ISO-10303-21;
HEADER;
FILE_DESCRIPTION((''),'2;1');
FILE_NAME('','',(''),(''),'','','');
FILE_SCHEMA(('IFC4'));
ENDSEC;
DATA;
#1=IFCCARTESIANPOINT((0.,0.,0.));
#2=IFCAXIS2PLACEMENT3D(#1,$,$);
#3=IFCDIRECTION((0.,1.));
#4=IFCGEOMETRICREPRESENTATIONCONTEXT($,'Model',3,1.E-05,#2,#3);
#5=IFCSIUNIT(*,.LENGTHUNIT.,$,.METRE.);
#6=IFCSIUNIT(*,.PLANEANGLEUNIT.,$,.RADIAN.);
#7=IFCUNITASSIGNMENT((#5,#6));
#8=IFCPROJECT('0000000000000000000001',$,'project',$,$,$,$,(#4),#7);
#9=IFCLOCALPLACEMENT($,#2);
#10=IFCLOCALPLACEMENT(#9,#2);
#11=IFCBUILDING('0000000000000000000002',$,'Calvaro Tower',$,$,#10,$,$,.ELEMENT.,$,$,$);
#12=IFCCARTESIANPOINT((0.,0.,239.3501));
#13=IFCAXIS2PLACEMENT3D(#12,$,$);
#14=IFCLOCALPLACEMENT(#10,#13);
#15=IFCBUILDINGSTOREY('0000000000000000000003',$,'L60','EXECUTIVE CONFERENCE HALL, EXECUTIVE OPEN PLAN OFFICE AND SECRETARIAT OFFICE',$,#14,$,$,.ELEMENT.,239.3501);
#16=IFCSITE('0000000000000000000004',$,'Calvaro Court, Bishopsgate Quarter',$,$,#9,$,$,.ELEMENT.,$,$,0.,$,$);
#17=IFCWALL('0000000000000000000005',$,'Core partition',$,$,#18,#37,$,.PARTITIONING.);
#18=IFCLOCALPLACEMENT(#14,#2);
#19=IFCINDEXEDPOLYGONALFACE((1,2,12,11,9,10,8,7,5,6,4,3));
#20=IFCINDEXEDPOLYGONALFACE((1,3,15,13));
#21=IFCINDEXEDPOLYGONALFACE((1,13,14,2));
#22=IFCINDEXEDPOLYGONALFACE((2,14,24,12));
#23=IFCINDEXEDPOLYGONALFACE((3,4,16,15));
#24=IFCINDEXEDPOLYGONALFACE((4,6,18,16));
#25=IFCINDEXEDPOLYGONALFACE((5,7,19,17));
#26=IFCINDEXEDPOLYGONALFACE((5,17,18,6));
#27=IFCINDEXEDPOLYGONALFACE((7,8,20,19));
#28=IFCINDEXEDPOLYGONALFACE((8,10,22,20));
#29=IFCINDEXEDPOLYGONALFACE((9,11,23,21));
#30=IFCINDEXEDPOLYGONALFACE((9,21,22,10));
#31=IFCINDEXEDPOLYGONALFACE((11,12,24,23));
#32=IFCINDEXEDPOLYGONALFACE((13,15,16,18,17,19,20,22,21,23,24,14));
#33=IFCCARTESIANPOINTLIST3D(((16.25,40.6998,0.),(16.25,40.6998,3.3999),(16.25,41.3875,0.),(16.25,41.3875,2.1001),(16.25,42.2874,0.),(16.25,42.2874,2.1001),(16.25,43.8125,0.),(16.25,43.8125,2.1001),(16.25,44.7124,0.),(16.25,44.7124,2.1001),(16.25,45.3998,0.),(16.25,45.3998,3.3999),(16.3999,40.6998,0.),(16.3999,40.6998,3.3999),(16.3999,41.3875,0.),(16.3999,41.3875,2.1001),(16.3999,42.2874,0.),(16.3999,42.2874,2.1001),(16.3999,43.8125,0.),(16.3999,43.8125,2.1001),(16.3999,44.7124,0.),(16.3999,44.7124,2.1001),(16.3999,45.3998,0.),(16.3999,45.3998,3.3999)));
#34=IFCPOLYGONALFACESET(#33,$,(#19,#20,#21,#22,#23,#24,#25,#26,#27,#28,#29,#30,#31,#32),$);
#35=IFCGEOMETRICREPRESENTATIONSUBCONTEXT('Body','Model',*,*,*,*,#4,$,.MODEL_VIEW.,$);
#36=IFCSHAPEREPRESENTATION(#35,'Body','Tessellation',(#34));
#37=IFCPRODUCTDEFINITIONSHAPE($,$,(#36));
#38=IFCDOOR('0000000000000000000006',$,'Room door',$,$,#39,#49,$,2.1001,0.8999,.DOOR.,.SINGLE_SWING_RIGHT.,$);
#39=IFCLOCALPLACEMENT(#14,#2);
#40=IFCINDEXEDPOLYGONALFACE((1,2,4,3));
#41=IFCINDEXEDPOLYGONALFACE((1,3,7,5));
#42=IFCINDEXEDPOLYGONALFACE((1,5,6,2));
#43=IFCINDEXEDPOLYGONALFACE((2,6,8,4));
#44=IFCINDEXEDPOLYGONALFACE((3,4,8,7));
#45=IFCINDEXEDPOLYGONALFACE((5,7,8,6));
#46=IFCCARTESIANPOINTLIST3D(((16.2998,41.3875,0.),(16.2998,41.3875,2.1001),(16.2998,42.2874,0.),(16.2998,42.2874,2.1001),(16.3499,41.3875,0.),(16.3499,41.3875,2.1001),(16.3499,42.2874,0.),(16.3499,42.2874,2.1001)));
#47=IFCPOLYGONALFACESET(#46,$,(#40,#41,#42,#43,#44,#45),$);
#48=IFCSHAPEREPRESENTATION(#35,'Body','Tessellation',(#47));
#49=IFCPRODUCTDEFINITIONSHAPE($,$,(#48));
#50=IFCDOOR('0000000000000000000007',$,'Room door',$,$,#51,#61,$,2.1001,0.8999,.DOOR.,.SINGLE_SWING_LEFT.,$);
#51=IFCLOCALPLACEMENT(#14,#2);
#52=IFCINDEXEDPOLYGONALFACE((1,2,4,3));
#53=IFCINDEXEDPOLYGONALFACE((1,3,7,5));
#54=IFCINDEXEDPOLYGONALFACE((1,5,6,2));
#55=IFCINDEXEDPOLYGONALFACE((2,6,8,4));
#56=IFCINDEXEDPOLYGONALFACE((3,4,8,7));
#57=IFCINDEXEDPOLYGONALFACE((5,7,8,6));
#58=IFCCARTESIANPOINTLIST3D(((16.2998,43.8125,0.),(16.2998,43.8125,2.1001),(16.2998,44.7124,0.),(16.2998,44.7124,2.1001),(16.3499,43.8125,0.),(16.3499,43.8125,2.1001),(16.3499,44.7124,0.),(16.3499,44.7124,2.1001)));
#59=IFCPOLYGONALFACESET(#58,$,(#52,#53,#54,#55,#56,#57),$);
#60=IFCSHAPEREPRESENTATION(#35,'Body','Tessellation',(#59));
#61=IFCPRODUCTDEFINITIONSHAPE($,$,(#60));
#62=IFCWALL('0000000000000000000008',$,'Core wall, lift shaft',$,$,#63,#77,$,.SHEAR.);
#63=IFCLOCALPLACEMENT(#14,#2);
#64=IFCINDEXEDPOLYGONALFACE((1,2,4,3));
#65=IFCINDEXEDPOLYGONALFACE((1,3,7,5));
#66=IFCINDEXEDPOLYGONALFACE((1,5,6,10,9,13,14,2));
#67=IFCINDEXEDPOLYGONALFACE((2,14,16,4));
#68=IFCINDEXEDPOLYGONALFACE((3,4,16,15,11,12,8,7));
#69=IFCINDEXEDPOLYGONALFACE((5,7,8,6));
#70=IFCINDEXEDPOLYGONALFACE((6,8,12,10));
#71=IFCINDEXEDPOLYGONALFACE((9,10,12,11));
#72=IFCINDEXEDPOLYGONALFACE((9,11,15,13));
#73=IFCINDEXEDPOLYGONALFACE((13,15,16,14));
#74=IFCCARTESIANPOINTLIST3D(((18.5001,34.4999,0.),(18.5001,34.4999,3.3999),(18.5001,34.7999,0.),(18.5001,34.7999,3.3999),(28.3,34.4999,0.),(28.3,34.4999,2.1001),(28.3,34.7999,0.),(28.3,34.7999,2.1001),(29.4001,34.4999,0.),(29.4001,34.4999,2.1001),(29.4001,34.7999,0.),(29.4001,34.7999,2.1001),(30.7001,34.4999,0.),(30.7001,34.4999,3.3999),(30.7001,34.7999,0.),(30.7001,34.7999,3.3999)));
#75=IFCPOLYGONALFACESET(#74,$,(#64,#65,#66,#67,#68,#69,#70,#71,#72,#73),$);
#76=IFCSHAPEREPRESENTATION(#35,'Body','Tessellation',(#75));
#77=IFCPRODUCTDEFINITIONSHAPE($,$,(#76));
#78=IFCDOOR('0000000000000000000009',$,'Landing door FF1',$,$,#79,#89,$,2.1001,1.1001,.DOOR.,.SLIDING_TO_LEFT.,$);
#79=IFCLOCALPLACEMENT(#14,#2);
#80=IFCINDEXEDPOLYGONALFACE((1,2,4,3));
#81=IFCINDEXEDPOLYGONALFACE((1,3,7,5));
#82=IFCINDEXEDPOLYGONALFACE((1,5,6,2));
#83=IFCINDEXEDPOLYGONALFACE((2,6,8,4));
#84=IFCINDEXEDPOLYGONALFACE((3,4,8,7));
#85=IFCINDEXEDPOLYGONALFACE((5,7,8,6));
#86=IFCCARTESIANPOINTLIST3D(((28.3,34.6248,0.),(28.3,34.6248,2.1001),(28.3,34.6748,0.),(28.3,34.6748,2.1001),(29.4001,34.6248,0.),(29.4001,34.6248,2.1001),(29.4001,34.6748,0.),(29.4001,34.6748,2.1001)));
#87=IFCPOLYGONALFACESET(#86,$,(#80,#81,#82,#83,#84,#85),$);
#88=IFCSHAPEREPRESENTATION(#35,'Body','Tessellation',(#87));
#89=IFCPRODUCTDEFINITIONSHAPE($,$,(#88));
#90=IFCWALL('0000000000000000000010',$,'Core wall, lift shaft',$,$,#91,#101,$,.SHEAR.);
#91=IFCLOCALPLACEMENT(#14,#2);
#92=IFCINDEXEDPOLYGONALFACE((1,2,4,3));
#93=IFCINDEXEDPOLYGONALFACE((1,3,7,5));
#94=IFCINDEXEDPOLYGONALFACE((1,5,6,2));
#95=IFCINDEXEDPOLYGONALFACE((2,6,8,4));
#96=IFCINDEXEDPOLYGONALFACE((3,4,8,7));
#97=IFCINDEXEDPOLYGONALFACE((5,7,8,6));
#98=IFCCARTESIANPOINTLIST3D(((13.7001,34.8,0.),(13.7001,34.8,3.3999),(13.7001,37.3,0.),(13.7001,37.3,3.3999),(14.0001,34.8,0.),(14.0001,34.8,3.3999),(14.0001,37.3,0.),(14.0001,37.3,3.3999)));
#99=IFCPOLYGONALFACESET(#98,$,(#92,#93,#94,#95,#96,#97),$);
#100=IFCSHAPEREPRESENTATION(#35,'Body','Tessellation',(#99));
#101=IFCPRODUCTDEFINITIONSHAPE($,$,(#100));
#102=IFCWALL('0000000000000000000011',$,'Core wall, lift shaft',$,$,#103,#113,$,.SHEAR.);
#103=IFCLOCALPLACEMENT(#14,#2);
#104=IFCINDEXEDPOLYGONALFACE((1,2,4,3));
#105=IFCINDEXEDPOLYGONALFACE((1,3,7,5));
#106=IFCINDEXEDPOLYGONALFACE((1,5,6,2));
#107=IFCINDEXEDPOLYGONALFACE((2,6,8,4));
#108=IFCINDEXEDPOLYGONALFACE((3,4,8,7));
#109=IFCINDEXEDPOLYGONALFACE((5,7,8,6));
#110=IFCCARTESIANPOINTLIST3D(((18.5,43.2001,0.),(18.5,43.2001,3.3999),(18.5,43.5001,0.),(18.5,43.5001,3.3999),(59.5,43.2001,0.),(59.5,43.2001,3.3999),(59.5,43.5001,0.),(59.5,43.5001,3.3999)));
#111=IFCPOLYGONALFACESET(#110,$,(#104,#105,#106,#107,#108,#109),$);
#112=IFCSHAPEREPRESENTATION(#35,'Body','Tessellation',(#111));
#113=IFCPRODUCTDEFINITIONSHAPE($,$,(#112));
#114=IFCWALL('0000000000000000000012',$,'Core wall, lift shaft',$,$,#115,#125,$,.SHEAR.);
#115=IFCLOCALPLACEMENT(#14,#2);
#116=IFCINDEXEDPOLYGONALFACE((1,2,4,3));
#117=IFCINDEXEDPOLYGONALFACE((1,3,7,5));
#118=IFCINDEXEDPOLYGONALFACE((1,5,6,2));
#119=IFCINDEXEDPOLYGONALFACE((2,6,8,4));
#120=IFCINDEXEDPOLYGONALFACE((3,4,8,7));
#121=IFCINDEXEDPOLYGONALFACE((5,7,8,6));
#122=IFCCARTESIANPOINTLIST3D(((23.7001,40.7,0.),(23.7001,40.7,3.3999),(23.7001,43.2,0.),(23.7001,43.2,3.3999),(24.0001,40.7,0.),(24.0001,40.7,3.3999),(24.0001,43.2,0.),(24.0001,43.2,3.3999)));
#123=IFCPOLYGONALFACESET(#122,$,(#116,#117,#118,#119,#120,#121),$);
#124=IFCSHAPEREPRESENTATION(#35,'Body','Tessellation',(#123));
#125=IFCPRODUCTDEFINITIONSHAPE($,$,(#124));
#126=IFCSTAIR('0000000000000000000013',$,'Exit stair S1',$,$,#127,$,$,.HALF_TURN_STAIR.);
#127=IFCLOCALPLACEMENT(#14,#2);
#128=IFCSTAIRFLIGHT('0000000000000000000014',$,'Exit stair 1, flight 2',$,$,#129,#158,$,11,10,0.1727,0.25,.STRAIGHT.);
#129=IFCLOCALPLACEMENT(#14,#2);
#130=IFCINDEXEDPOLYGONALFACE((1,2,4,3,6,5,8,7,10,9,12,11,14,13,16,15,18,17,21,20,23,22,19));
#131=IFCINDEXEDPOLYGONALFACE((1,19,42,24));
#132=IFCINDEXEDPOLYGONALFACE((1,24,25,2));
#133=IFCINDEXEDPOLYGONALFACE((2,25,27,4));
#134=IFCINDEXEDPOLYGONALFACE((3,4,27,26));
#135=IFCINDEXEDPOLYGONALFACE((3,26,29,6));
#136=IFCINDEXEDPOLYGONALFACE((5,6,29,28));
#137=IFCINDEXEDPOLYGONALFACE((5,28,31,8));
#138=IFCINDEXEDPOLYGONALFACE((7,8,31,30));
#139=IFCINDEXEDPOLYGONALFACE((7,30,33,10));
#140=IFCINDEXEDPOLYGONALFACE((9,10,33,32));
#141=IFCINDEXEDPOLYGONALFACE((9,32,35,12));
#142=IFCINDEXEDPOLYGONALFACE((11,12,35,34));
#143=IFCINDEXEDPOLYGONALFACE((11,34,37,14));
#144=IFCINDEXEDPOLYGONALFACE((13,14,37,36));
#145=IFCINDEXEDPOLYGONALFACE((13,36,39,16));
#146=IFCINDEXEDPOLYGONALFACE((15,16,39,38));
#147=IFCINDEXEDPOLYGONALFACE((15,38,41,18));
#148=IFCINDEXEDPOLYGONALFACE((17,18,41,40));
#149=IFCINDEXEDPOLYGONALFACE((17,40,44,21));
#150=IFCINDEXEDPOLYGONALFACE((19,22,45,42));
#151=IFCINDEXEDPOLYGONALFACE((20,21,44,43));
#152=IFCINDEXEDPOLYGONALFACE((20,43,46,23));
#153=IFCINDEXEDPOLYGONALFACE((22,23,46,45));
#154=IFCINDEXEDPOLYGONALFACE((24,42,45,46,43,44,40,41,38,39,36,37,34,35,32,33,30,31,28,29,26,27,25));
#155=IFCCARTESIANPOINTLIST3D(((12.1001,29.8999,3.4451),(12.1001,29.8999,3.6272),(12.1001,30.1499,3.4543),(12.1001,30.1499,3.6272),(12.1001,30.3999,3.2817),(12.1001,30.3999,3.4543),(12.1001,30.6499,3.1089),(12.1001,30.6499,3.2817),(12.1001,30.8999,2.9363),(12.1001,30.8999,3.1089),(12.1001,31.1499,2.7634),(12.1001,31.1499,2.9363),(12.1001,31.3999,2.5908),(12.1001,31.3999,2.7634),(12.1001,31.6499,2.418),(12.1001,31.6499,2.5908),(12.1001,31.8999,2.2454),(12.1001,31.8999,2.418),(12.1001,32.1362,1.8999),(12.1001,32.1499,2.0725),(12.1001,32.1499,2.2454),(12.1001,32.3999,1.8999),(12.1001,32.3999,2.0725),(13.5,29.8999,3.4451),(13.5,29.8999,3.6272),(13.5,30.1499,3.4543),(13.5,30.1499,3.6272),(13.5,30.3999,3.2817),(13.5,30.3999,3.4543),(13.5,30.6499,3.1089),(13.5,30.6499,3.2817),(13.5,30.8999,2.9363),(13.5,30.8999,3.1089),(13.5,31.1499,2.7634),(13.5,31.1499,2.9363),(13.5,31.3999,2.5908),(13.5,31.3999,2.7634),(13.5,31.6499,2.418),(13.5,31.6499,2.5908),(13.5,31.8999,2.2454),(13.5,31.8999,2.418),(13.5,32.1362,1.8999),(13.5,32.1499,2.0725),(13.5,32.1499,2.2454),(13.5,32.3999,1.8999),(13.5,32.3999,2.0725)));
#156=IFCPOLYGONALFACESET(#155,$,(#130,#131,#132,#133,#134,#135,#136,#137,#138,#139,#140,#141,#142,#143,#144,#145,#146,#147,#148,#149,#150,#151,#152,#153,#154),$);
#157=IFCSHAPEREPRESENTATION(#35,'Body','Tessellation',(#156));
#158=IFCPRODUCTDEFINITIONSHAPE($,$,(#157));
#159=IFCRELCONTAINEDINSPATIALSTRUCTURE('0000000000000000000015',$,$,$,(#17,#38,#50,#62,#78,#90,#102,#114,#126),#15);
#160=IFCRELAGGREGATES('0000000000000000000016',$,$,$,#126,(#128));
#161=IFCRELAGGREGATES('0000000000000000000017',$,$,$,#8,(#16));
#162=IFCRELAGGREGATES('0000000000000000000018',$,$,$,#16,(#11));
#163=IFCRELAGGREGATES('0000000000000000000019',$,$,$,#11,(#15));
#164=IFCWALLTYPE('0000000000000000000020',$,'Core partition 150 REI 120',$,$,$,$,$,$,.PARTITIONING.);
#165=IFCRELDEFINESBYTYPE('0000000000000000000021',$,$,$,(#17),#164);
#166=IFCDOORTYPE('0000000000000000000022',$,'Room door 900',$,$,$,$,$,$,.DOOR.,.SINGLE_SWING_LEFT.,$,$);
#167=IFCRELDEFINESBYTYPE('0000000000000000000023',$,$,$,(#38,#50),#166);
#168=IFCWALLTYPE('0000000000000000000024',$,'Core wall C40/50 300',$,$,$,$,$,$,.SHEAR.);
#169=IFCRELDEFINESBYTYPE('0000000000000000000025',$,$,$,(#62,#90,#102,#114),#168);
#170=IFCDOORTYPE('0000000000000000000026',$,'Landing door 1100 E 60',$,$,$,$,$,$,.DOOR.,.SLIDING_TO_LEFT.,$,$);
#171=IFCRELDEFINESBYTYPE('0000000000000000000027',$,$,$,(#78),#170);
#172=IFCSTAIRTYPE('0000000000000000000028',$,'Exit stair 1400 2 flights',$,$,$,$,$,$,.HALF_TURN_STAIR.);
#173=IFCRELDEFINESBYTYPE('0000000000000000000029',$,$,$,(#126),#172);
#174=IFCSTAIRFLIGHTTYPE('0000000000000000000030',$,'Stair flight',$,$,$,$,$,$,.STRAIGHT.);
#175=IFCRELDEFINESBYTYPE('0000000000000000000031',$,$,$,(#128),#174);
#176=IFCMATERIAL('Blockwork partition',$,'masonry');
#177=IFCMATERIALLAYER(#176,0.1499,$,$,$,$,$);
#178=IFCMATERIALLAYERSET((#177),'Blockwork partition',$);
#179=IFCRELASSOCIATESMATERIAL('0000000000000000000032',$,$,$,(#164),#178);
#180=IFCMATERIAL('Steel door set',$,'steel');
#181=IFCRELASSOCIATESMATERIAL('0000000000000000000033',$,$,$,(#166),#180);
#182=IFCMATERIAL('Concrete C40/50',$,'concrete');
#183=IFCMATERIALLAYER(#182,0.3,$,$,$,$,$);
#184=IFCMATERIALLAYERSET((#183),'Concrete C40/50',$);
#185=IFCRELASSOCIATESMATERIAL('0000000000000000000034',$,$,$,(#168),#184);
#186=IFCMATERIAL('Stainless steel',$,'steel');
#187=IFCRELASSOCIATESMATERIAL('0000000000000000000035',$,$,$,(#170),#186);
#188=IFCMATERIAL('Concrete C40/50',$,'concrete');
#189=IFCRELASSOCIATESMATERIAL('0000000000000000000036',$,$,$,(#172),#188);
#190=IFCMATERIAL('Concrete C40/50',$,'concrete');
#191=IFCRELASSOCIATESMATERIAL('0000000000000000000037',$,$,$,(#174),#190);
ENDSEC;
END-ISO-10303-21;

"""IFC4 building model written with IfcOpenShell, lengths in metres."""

from ifc_helpers import new_model, si_unit, direction, frame, frame_2d, origin, place, context, subcontext, project, spatial, polyline, rectangle, outline, extrude, material, layer, layer_set, type_object, element, fill, aggregate, save


model = new_model("IFC4")

# Units and contexts
model_context = context("Model", 3, precision=1e-05, world=origin(), true_north=direction((0.0, 1.0)))
body_context = subcontext(model_context, "Body", "Model", "MODEL_VIEW")
ifc_project = project(units=[si_unit("LENGTHUNIT", "METRE"), si_unit("PLANEANGLEUNIT", "RADIAN")], contexts=[model_context])

# Site, building, storey
site_placement = place(None, origin())
site = spatial("IfcSite", under=ifc_project, at=site_placement, Name="Calvaro Court, Bishopsgate Quarter", CompositionType="ELEMENT", RefElevation=0.0)
building_placement = place(site_placement, origin())
building = spatial("IfcBuilding", under=site, at=building_placement, Name="Calvaro Tower", CompositionType="ELEMENT")
storey_placement = place(building_placement, frame((0.0, 0.0, 239.3501)))
storey = spatial("IfcBuildingStorey", under=building, at=storey_placement, Name="L60", Description="EXECUTIVE CONFERENCE HALL, EXECUTIVE OPEN PLAN OFFICE AND SECRETARIAT OFFICE", CompositionType="ELEMENT", Elevation=239.3501)

# Wall, openings, doors
ifc_material_1 = material(Name="Blockwork partition", Category="masonry")
ifc_layer_1 = layer(ifc_material_1, 0.1499)
ifc_layer_set_1 = layer_set([ifc_layer_1], Name="Blockwork partition")
wall_type_1 = type_object("IfcWallType", Name="Core partition 150 REI 120", PredefinedType="PARTITIONING", material=ifc_layer_set_1)
wall_1_placement = place(storey_placement, frame((16.325, 45.3999, 0.0), z_axis=(0.0, 0.0, 1.0), x_axis=(0.0, -1.0, 0.0)))
wall_1 = element("IfcWall", 1, at=wall_1_placement, inside=storey, type_object=wall_type_1, Name="Core partition", PredefinedType="PARTITIONING", context=body_context, shape_type="SweptSolid", body=[
    extrude(rectangle(XDim=4.7, YDim=0.1499, at=frame_2d((2.3501, 0.0))), origin(), (0.0, 0.0, 1.0), 3.3999),
])
opening_1_placement = place(wall_1_placement, frame((3.1125, 0.0, 0.0)))
opening_1 = element("IfcOpeningElement", 2, at=opening_1_placement, cuts=wall_1, PredefinedType="OPENING", context=body_context, shape_type="SweptSolid", body=[
    extrude(rectangle(XDim=0.8999, YDim=2.1001, at=frame_2d((0.45, 1.05))), frame((0.0, 0.085, 0.0), z_axis=(0.0, -1.0, 0.0), x_axis=(1.0, 0.0, 0.0)), (0.0, 0.0, 1.0), 0.1699),
])
opening_2_placement = place(wall_1_placement, frame((0.6875, 0.0, 0.0)))
opening_2 = element("IfcOpeningElement", 3, at=opening_2_placement, cuts=wall_1, PredefinedType="OPENING", context=body_context, shape_type="SweptSolid", body=[
    extrude(rectangle(XDim=0.8999, YDim=2.1001, at=frame_2d((0.45, 1.05))), frame((0.0, 0.085, 0.0), z_axis=(0.0, -1.0, 0.0), x_axis=(1.0, 0.0, 0.0)), (0.0, 0.0, 1.0), 0.1699),
])
ifc_material_2 = material(Name="Steel door set", Category="steel")
door_type_1 = type_object("IfcDoorType", Name="Room door 900", OperationType="SINGLE_SWING_LEFT", PredefinedType="DOOR", material=ifc_material_2)
door_1_placement = place(opening_1_placement, origin())
door_1 = element("IfcDoor", 4, at=door_1_placement, inside=storey, type_object=door_type_1, Name="Room door", OperationType="SINGLE_SWING_RIGHT", OverallHeight=2.1001, OverallWidth=0.8999, PredefinedType="DOOR", context=body_context, shape_type="SweptSolid", body=[
    extrude(rectangle(XDim=0.8999, YDim=2.1001, at=frame_2d((0.45, 1.05))), frame((0.0, 0.0249, 0.0), z_axis=(0.0, -1.0, 0.0), x_axis=(1.0, 0.0, 0.0)), (0.0, 0.0, 1.0), 0.05),
])
fill(opening_1, door_1)
door_2_placement = place(opening_2_placement, origin())
door_2 = element("IfcDoor", 5, at=door_2_placement, inside=storey, type_object=door_type_1, Name="Room door", OperationType="SINGLE_SWING_LEFT", OverallHeight=2.1001, OverallWidth=0.8999, PredefinedType="DOOR", context=body_context, shape_type="SweptSolid", body=[
    extrude(rectangle(XDim=0.8999, YDim=2.1001, at=frame_2d((0.45, 1.05))), frame((0.0, 0.0249, 0.0), z_axis=(0.0, -1.0, 0.0), x_axis=(1.0, 0.0, 0.0)), (0.0, 0.0, 1.0), 0.05),
])
fill(opening_2, door_2)

# Wall, opening, door
ifc_material_3 = material(Name="Concrete C40/50", Category="concrete")
ifc_layer_2 = layer(ifc_material_3, 0.3)
ifc_layer_set_2 = layer_set([ifc_layer_2], Name="Concrete C40/50")
wall_type_2 = type_object("IfcWallType", Name="Core wall C40/50 300", PredefinedType="SHEAR", material=ifc_layer_set_2)
wall_2_placement = place(storey_placement, frame((18.5, 34.6499, 0.0), z_axis=(0.0, 0.0, 1.0), x_axis=(1.0, 0.0, 0.0)))
wall_2 = element("IfcWall", 6, at=wall_2_placement, inside=storey, type_object=wall_type_2, Name="Core wall, lift shaft", PredefinedType="SHEAR", context=body_context, shape_type="SweptSolid", body=[
    extrude(rectangle(XDim=12.2, YDim=0.3, at=frame_2d((6.1001, 0.0))), origin(), (0.0, 0.0, 1.0), 3.3999),
])
opening_3_placement = place(wall_2_placement, frame((9.8, 0.0, 0.0)))
opening_3 = element("IfcOpeningElement", 7, at=opening_3_placement, cuts=wall_2, PredefinedType="OPENING", context=body_context, shape_type="SweptSolid", body=[
    extrude(rectangle(XDim=1.1001, YDim=2.1001, at=frame_2d((0.55, 1.05))), frame((0.0, 0.1599, 0.0), z_axis=(0.0, -1.0, 0.0), x_axis=(1.0, 0.0, 0.0)), (0.0, 0.0, 1.0), 0.3201),
])
ifc_material_4 = material(Name="Stainless steel", Category="steel")
door_type_2 = type_object("IfcDoorType", Name="Landing door 1100 E 60", OperationType="SLIDING_TO_LEFT", PredefinedType="DOOR", material=ifc_material_4)
door_3_placement = place(opening_3_placement, origin())
door_3 = element("IfcDoor", 8, at=door_3_placement, inside=storey, type_object=door_type_2, Name="Landing door FF1", OperationType="SLIDING_TO_LEFT", OverallHeight=2.1001, OverallWidth=1.1001, PredefinedType="DOOR", context=body_context, shape_type="SweptSolid", body=[
    extrude(rectangle(XDim=1.1001, YDim=2.1001, at=frame_2d((0.55, 1.05))), frame((0.0, 0.0249, 0.0), z_axis=(0.0, -1.0, 0.0), x_axis=(1.0, 0.0, 0.0)), (0.0, 0.0, 1.0), 0.05),
])
fill(opening_3, door_3)

# Wall
wall_3_placement = place(storey_placement, frame((13.8501, 34.8, 0.0), z_axis=(0.0, 0.0, 1.0), x_axis=(0.0, 1.0, 0.0)))
element("IfcWall", 9, at=wall_3_placement, inside=storey, type_object=wall_type_2, Name="Core wall, lift shaft", PredefinedType="SHEAR", context=body_context, shape_type="SweptSolid", body=[
    extrude(rectangle(XDim=2.5, YDim=0.3, at=frame_2d((1.25, 0.0))), origin(), (0.0, 0.0, 1.0), 3.3999),
])

# Walls
wall_4_placement = place(storey_placement, frame((18.5, 43.3501, 0.0), z_axis=(0.0, 0.0, 1.0), x_axis=(1.0, 0.0, 0.0)))
element("IfcWall", 10, at=wall_4_placement, inside=storey, type_object=wall_type_2, Name="Core wall, lift shaft", PredefinedType="SHEAR", context=body_context, shape_type="SweptSolid", body=[
    extrude(rectangle(XDim=41.0, YDim=0.3, at=frame_2d((20.5, 0.0))), origin(), (0.0, 0.0, 1.0), 3.3999),
])
wall_5_placement = place(storey_placement, frame((23.8501, 40.7, 0.0), z_axis=(0.0, 0.0, 1.0), x_axis=(0.0, 1.0, 0.0)))
element("IfcWall", 11, at=wall_5_placement, inside=storey, type_object=wall_type_2, Name="Core wall, lift shaft", PredefinedType="SHEAR", context=body_context, shape_type="SweptSolid", body=[
    extrude(rectangle(XDim=2.5, YDim=0.3, at=frame_2d((1.25, 0.0))), origin(), (0.0, 0.0, 1.0), 3.3999),
])

# Stair, stair flight
ifc_material_5 = material(Name="Concrete C40/50", Category="concrete")
stair_type = type_object("IfcStairType", Name="Exit stair 1400 2 flights", PredefinedType="HALF_TURN_STAIR", material=ifc_material_5)
stair_1_placement = place(storey_placement, origin())
stair_1 = element("IfcStair", 12, at=stair_1_placement, inside=storey, type_object=stair_type, Name="Exit stair S1", PredefinedType="HALF_TURN_STAIR")
ifc_material_6 = material(Name="Concrete C40/50", Category="concrete")
stair_flight_type = type_object("IfcStairFlightType", Name="Stair flight", PredefinedType="STRAIGHT", material=ifc_material_6)
stair_flight_placement = place(storey_placement, frame((12.8, 32.3999, 1.8999), z_axis=(0.0, 0.0, 1.0), x_axis=(0.0, -1.0, 0.0)))
stair_flight = element("IfcStairFlight", 13, at=stair_flight_placement, type_object=stair_flight_type, Name="Exit stair 1, flight 2", NumberOfRisers=11, NumberOfTreads=10, PredefinedType="STRAIGHT", RiserHeight=0.1727, TreadLength=0.25, context=body_context, shape_type="SweptSolid", body=[
    extrude(outline(polyline([(0.0, 0.0), (0.0, 0.1726), (0.25, 0.1726), (0.25, 0.3455), (0.5, 0.3455), (0.5, 0.5181), (0.75, 0.5181), (0.75, 0.6909), (1.0, 0.6909), (1.0, 0.8635), (1.25, 0.8635), (1.25, 1.0364), (1.5, 1.0364), (1.5, 1.209), (1.75, 1.209), (1.75, 1.3818), (2.0, 1.3818), (2.0, 1.5544), (2.25, 1.5544), (2.25, 1.7273), (2.5, 1.7273), (2.5, 1.8999), (2.5, 1.5452), (0.2637, 0.0), (0.0, 0.0)])), frame((0.0, 0.7, 0.0), z_axis=(0.0, -1.0, 0.0), x_axis=(1.0, 0.0, 0.0)), (0.0, 0.0, 1.0), 1.3999),
])
aggregate(stair_1, [stair_flight])

save(model, "model.ifc")
